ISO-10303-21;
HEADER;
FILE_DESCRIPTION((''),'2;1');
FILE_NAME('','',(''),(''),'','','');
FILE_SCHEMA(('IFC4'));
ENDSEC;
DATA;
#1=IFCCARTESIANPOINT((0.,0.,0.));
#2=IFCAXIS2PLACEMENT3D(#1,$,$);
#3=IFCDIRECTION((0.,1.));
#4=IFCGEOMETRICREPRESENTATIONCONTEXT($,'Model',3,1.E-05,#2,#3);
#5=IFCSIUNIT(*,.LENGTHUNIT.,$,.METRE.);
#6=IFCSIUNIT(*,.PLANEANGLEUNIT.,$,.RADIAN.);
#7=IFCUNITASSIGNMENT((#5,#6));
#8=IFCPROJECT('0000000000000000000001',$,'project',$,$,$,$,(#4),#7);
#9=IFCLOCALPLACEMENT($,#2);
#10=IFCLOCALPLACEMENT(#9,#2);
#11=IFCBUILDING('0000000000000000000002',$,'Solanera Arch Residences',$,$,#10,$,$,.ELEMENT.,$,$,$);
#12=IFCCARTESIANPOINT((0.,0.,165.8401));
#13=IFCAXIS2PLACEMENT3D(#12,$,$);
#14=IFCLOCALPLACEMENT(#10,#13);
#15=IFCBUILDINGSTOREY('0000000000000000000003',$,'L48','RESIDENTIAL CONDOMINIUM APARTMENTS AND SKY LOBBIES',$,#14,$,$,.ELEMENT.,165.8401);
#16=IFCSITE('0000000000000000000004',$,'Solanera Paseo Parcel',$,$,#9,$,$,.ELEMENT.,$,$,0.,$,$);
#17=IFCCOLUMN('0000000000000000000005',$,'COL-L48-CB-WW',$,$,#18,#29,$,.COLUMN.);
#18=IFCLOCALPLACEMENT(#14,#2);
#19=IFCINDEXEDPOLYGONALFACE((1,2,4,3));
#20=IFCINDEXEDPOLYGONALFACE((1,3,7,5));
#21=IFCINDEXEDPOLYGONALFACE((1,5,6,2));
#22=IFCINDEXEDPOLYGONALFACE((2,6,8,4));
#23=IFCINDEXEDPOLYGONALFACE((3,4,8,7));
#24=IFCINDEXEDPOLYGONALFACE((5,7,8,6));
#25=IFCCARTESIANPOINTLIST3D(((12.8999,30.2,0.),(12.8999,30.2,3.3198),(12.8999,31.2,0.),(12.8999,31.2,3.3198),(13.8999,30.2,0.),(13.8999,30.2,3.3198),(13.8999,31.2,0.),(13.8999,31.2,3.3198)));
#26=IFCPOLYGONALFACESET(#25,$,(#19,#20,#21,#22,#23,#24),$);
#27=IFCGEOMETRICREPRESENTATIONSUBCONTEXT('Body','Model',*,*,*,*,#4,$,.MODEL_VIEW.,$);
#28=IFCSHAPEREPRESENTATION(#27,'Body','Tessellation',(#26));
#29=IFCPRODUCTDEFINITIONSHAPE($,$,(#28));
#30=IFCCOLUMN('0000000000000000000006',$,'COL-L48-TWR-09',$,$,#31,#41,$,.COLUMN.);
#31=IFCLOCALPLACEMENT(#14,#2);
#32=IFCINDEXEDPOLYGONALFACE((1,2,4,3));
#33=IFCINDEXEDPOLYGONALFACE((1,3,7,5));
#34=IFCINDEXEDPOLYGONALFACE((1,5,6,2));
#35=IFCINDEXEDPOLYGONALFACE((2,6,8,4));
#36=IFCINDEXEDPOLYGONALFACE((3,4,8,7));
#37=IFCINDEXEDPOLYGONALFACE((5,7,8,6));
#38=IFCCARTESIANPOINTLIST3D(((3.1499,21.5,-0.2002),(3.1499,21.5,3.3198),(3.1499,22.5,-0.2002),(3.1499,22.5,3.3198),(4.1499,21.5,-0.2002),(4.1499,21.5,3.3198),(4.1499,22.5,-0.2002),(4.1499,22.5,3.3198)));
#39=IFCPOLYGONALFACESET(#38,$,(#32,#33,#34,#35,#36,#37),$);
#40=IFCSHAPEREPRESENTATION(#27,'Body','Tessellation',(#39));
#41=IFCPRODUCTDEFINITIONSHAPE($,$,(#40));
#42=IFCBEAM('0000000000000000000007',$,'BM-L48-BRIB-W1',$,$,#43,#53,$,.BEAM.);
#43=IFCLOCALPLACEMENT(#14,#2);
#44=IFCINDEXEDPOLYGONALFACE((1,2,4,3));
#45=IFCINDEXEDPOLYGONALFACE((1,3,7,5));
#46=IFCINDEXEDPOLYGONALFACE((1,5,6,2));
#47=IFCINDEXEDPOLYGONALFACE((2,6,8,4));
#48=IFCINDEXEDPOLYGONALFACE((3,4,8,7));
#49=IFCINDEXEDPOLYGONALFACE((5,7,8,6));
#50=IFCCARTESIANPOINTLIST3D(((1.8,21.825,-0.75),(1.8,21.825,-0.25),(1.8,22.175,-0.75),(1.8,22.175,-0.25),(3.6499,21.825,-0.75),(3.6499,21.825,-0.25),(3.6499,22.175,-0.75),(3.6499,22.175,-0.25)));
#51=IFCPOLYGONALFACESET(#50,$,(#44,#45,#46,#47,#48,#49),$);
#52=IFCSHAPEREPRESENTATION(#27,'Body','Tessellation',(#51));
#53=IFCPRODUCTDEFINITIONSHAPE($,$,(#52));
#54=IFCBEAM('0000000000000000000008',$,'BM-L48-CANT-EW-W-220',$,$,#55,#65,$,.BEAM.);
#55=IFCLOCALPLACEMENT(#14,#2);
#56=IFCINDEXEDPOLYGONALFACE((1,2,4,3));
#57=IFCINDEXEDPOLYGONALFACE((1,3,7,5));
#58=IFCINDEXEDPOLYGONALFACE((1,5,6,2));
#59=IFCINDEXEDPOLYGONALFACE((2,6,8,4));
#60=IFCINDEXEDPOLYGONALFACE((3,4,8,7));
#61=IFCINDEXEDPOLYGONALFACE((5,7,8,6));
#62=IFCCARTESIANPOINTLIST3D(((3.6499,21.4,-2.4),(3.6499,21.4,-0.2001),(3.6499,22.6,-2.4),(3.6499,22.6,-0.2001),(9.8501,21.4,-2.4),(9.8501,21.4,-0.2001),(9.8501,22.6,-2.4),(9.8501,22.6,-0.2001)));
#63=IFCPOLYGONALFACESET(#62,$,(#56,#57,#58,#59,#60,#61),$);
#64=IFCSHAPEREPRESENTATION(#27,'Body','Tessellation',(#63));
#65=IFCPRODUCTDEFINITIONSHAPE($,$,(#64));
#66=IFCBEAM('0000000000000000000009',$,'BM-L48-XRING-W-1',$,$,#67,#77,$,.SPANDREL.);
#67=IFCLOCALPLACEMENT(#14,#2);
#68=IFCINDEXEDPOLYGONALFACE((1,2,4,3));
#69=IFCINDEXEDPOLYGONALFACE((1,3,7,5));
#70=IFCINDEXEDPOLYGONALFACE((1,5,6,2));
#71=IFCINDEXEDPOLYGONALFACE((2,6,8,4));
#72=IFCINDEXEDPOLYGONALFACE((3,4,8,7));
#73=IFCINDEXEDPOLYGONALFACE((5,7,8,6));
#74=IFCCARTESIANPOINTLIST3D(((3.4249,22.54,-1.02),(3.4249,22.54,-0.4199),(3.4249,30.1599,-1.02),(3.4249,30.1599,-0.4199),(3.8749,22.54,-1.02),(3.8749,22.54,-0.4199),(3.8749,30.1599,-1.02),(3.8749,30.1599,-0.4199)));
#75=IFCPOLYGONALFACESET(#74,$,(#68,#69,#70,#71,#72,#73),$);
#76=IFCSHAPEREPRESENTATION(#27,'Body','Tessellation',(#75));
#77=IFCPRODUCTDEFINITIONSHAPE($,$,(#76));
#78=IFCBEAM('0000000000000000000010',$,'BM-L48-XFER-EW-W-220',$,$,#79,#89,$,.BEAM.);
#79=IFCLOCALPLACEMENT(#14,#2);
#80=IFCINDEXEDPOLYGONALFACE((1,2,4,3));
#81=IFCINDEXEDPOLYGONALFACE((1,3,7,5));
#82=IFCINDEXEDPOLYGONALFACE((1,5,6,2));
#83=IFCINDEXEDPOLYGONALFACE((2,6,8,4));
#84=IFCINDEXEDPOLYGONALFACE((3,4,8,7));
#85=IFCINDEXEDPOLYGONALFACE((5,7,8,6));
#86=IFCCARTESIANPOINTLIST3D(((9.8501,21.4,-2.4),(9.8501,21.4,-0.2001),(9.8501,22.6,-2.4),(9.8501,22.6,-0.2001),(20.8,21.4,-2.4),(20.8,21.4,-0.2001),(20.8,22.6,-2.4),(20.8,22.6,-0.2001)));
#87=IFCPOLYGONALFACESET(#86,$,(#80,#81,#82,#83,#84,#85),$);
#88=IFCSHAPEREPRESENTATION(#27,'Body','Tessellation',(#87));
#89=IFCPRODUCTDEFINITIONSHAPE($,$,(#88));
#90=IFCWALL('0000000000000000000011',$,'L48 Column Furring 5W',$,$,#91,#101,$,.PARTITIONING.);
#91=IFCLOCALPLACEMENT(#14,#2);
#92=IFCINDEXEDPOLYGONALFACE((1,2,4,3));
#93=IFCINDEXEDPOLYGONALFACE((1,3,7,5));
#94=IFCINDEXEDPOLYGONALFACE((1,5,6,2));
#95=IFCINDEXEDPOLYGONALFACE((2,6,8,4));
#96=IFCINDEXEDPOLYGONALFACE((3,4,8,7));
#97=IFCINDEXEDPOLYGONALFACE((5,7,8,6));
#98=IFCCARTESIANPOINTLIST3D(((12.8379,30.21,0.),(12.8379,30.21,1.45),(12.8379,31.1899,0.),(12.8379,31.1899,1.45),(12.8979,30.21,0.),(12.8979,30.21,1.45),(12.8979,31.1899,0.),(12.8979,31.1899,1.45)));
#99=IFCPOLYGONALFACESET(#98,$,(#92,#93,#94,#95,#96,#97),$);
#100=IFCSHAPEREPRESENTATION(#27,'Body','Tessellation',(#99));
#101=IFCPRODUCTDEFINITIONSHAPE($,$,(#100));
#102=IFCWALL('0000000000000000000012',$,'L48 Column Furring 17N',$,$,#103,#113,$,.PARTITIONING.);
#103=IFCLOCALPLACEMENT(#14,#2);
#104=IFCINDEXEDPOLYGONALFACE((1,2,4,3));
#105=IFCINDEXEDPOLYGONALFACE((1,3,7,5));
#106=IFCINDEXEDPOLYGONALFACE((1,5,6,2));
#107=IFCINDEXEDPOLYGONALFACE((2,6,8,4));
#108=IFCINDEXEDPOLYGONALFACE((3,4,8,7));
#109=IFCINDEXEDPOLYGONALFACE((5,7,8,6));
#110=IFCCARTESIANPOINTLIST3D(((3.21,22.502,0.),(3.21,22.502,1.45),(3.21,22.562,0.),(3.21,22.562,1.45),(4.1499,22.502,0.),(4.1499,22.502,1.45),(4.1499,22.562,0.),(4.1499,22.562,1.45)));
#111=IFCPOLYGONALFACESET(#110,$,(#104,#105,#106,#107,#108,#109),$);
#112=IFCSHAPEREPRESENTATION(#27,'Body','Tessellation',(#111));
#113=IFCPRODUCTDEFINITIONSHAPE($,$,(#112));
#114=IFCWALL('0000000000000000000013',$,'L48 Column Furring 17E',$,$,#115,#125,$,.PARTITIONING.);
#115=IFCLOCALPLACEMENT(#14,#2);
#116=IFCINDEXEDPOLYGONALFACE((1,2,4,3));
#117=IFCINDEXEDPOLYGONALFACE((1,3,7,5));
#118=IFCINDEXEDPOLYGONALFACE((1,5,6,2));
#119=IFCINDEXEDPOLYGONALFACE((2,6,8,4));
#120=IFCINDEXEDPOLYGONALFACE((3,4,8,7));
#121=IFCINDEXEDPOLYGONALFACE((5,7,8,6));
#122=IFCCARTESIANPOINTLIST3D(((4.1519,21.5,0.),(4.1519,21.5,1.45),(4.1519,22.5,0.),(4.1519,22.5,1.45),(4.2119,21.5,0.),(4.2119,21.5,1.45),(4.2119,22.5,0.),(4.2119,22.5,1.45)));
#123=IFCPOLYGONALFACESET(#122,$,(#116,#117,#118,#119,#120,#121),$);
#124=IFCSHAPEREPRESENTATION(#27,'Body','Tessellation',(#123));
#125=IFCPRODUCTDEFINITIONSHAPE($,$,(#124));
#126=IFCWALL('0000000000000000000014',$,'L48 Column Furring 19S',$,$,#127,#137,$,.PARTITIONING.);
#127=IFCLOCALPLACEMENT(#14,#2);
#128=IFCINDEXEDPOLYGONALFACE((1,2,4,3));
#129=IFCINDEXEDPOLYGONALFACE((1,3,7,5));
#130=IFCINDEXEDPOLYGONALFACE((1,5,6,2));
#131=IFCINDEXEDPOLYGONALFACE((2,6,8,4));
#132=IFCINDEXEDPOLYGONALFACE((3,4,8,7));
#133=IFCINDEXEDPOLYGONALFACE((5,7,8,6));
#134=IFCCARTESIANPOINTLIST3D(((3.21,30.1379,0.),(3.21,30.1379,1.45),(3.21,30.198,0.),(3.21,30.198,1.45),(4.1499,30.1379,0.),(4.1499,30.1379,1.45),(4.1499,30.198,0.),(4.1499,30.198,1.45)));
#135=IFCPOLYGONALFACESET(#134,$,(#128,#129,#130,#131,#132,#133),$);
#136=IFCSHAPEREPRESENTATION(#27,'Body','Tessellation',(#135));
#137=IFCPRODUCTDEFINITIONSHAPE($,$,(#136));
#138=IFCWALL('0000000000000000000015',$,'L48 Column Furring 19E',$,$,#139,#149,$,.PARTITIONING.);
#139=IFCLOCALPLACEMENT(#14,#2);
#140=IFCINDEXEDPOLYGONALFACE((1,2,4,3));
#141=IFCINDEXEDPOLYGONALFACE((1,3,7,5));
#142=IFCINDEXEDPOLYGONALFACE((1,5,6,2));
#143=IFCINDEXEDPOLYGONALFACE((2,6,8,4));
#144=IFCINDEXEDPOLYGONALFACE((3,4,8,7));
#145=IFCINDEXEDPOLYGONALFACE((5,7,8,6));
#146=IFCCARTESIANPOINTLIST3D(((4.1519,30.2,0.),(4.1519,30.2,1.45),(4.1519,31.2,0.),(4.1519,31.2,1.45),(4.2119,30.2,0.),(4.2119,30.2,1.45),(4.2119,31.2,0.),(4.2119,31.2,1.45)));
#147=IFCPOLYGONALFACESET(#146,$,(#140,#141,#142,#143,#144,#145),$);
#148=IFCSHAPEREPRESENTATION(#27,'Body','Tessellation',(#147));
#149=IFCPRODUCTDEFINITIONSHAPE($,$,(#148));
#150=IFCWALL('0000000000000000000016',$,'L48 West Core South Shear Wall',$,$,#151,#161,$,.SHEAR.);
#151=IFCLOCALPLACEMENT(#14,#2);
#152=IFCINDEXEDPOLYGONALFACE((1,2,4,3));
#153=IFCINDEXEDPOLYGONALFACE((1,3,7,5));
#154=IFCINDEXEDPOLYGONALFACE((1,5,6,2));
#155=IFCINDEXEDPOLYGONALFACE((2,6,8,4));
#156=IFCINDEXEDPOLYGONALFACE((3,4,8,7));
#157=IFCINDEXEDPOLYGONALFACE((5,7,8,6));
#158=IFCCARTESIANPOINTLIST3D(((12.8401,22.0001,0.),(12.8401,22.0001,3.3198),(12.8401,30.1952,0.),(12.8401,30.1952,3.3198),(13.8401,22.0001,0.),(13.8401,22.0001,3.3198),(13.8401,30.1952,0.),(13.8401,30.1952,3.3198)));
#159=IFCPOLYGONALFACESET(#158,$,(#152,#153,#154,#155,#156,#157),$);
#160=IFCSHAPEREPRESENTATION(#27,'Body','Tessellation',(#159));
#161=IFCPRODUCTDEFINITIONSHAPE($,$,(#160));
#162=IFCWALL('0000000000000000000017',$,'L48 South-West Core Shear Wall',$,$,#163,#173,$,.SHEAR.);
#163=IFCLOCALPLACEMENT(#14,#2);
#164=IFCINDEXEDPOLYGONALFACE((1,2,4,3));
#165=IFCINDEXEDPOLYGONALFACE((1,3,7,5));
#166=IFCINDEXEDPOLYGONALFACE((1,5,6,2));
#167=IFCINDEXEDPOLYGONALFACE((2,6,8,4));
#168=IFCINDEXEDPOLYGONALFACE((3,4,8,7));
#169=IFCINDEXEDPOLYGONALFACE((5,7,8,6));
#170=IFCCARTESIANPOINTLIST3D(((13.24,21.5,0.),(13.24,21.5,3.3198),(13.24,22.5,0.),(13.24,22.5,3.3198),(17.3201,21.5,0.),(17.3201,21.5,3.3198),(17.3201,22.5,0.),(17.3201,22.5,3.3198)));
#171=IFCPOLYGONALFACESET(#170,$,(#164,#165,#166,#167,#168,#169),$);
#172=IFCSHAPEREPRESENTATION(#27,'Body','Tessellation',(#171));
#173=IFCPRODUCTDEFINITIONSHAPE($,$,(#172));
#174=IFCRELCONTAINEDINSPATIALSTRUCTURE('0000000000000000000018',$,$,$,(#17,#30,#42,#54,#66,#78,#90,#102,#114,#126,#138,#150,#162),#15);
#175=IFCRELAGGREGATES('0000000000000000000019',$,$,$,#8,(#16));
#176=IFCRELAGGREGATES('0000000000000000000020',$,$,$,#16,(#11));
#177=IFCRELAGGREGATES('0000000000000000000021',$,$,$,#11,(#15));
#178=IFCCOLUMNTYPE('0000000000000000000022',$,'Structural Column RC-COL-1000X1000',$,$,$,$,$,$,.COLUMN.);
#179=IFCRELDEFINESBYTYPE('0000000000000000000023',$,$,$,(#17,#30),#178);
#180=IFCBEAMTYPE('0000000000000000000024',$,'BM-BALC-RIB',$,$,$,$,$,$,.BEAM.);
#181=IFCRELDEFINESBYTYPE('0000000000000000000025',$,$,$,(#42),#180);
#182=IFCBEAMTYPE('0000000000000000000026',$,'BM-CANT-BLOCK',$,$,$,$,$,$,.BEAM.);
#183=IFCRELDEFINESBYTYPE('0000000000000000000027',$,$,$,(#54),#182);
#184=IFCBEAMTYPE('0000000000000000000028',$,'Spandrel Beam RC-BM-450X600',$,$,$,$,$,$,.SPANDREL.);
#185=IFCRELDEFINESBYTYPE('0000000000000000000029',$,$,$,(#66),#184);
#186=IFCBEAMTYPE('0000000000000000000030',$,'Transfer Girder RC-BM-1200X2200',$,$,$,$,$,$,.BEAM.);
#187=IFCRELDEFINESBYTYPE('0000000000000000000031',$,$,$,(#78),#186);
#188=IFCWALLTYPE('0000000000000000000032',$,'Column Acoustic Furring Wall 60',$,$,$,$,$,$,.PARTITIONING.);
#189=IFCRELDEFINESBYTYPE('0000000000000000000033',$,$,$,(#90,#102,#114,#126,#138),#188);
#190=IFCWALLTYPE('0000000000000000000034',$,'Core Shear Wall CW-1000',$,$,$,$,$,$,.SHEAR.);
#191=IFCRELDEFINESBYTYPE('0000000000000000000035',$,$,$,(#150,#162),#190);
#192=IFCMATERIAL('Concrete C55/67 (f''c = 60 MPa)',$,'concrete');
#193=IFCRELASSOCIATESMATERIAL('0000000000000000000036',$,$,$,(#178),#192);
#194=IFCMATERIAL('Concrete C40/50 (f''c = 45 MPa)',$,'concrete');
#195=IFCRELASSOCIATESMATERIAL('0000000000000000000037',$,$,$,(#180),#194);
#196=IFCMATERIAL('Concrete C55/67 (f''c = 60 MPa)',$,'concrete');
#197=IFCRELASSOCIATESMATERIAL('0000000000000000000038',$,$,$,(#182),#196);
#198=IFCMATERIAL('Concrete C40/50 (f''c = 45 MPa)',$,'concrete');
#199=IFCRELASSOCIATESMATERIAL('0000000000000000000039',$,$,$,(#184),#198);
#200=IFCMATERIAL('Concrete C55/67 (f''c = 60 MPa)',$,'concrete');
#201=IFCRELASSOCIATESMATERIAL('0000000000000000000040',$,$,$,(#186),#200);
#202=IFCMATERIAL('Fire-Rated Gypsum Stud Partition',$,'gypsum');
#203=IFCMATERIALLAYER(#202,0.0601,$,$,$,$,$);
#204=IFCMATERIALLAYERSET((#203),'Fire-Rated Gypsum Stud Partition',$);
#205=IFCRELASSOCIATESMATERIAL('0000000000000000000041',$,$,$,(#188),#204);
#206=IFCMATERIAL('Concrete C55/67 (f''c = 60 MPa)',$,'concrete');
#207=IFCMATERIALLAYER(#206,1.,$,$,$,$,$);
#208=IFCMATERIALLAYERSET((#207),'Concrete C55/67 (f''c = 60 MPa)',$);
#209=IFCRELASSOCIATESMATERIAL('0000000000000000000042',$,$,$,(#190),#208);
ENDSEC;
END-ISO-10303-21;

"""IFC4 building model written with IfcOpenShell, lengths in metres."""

from ifc_helpers import new_model, si_unit, direction, frame, frame_2d, origin, origin_2d, place, context, subcontext, project, spatial, rectangle, extrude, material, layer, layer_set, material_profile, profile_set, type_object, element, save


model = new_model("IFC4")

# Units and contexts
model_context = context("Model", 3, precision=1e-05, world=origin(), true_north=direction((0.0, 1.0)))
body_context = subcontext(model_context, "Body", "Model", "MODEL_VIEW")
ifc_project = project(units=[si_unit("LENGTHUNIT", "METRE"), si_unit("PLANEANGLEUNIT", "RADIAN")], contexts=[model_context])

# Site, building, storey
site_placement = place(None, origin())
site = spatial("IfcSite", under=ifc_project, at=site_placement, Name="Solanera Paseo Parcel", CompositionType="ELEMENT", RefElevation=0.0)
building_placement = place(site_placement, origin())
building = spatial("IfcBuilding", under=site, at=building_placement, Name="Solanera Arch Residences", CompositionType="ELEMENT")
storey_placement = place(building_placement, frame((0.0, 0.0, 165.8401)))
storey = spatial("IfcBuildingStorey", under=building, at=storey_placement, Name="L48", Description="RESIDENTIAL CONDOMINIUM APARTMENTS AND SKY LOBBIES", CompositionType="ELEMENT", Elevation=165.8401)

# Columns
ifc_material_1 = material(Name="Concrete C55/67 (f'c = 60 MPa)", Category="concrete")
ifc_material_profile_1 = material_profile(ifc_material_1, rectangle(XDim=1.0, YDim=1.0, at=origin_2d()))
ifc_profile_set_1 = profile_set([ifc_material_profile_1], Name="Concrete C55/67 (f'c = 60 MPa)")
column_type = type_object("IfcColumnType", Name="Structural Column RC-COL-1000X1000", PredefinedType="COLUMN", material=ifc_profile_set_1)
column_1_placement = place(storey_placement, frame((13.3999, 30.7, 0.0), z_axis=(0.0, 0.0, 1.0), x_axis=(1.0, 0.0, 0.0)))
element("IfcColumn", 1, at=column_1_placement, inside=storey, type_object=column_type, Name="COL-L48-CB-WW", PredefinedType="COLUMN", context=body_context, shape_type="SweptSolid", body=[
    extrude(rectangle(XDim=1.0, YDim=1.0, at=origin_2d()), origin(), (0.0, 0.0, 1.0), 3.3198),
])
column_2_placement = place(storey_placement, frame((3.6499, 22.0, -0.2002), z_axis=(0.0, 0.0, 1.0), x_axis=(1.0, 0.0, 0.0)))
element("IfcColumn", 2, at=column_2_placement, inside=storey, type_object=column_type, Name="COL-L48-TWR-09", PredefinedType="COLUMN", context=body_context, shape_type="SweptSolid", body=[
    extrude(rectangle(XDim=1.0, YDim=1.0, at=origin_2d()), origin(), (0.0, 0.0, 1.0), 3.52),
])

# Beams
ifc_material_2 = material(Name="Concrete C40/50 (f'c = 45 MPa)", Category="concrete")
ifc_material_profile_2 = material_profile(ifc_material_2, rectangle(XDim=0.3501, YDim=0.5, at=origin_2d()))
ifc_profile_set_2 = profile_set([ifc_material_profile_2], Name="Concrete C40/50 (f'c = 45 MPa)")
beam_type_1 = type_object("IfcBeamType", Name="BM-BALC-RIB", PredefinedType="BEAM", material=ifc_profile_set_2)
beam_1_placement = place(storey_placement, frame((1.8, 22.0, -0.5), z_axis=(1.0, 0.0, 0.0), x_axis=(0.0, 1.0, 0.0)))
element("IfcBeam", 3, at=beam_1_placement, inside=storey, type_object=beam_type_1, Name="BM-L48-BRIB-W1", PredefinedType="BEAM", context=body_context, shape_type="SweptSolid", body=[
    extrude(rectangle(XDim=0.3501, YDim=0.5, at=origin_2d()), origin(), (0.0, 0.0, 1.0), 1.8499),
])
ifc_material_3 = material(Name="Concrete C55/67 (f'c = 60 MPa)", Category="concrete")
ifc_material_profile_3 = material_profile(ifc_material_3, rectangle(XDim=1.2, YDim=2.2, at=origin_2d()))
ifc_profile_set_3 = profile_set([ifc_material_profile_3], Name="Concrete C55/67 (f'c = 60 MPa)")
beam_type_2 = type_object("IfcBeamType", Name="BM-CANT-BLOCK", PredefinedType="BEAM", material=ifc_profile_set_3)
beam_2_placement = place(storey_placement, frame((3.6499, 22.0, -1.3), z_axis=(1.0, 0.0, 0.0), x_axis=(0.0, 1.0, 0.0)))
element("IfcBeam", 4, at=beam_2_placement, inside=storey, type_object=beam_type_2, Name="BM-L48-CANT-EW-W-220", PredefinedType="BEAM", context=body_context, shape_type="SweptSolid", body=[
    extrude(rectangle(XDim=1.2, YDim=2.2, at=origin_2d()), origin(), (0.0, 0.0, 1.0), 6.2002),
])
ifc_material_4 = material(Name="Concrete C40/50 (f'c = 45 MPa)", Category="concrete")
ifc_material_profile_4 = material_profile(ifc_material_4, rectangle(XDim=0.45, YDim=0.6001, at=origin_2d()))
ifc_profile_set_4 = profile_set([ifc_material_profile_4], Name="Concrete C40/50 (f'c = 45 MPa)")
beam_type_3 = type_object("IfcBeamType", Name="Spandrel Beam RC-BM-450X600", PredefinedType="SPANDREL", material=ifc_profile_set_4)
beam_3_placement = place(storey_placement, frame((3.6499, 22.54, -0.72), z_axis=(0.0, 1.0, 0.0), x_axis=(-1.0, 0.0, 0.0)))
element("IfcBeam", 5, at=beam_3_placement, inside=storey, type_object=beam_type_3, Name="BM-L48-XRING-W-1", PredefinedType="SPANDREL", context=body_context, shape_type="SweptSolid", body=[
    extrude(rectangle(XDim=0.45, YDim=0.6001, at=origin_2d()), origin(), (0.0, 0.0, 1.0), 7.6199),
])
ifc_material_5 = material(Name="Concrete C55/67 (f'c = 60 MPa)", Category="concrete")
ifc_material_profile_5 = material_profile(ifc_material_5, rectangle(XDim=1.2, YDim=2.2, at=origin_2d()))
ifc_profile_set_5 = profile_set([ifc_material_profile_5], Name="Concrete C55/67 (f'c = 60 MPa)")
beam_type_4 = type_object("IfcBeamType", Name="Transfer Girder RC-BM-1200X2200", PredefinedType="BEAM", material=ifc_profile_set_5)
beam_4_placement = place(storey_placement, frame((9.8501, 22.0, -1.3), z_axis=(1.0, 0.0, 0.0), x_axis=(0.0, 1.0, 0.0)))
element("IfcBeam", 6, at=beam_4_placement, inside=storey, type_object=beam_type_4, Name="BM-L48-XFER-EW-W-220", PredefinedType="BEAM", context=body_context, shape_type="SweptSolid", body=[
    extrude(rectangle(XDim=1.2, YDim=2.2, at=origin_2d()), origin(), (0.0, 0.0, 1.0), 10.95),
])

# Walls
ifc_material_6 = material(Name="Fire-Rated Gypsum Stud Partition", Category="gypsum")
ifc_layer_1 = layer(ifc_material_6, 0.0601)
ifc_layer_set_1 = layer_set([ifc_layer_1], Name="Fire-Rated Gypsum Stud Partition")
wall_type_1 = type_object("IfcWallType", Name="Column Acoustic Furring Wall 60", PredefinedType="PARTITIONING", material=ifc_layer_set_1)
wall_1_placement = place(storey_placement, frame((12.8679, 30.21, 0.0), z_axis=(0.0, 0.0, 1.0), x_axis=(0.0, 1.0, 0.0)))
element("IfcWall", 7, at=wall_1_placement, inside=storey, type_object=wall_type_1, Name="L48 Column Furring 5W", PredefinedType="PARTITIONING", context=body_context, shape_type="SweptSolid", body=[
    extrude(rectangle(XDim=0.98, YDim=0.0601, at=frame_2d((0.49, 0.0))), origin(), (0.0, 0.0, 1.0), 1.45),
])
wall_2_placement = place(storey_placement, frame((3.21, 22.532, 0.0), z_axis=(0.0, 0.0, 1.0), x_axis=(1.0, 0.0, 0.0)))
element("IfcWall", 8, at=wall_2_placement, inside=storey, type_object=wall_type_1, Name="L48 Column Furring 17N", PredefinedType="PARTITIONING", context=body_context, shape_type="SweptSolid", body=[
    extrude(rectangle(XDim=0.9399, YDim=0.0601, at=frame_2d((0.47, 0.0))), origin(), (0.0, 0.0, 1.0), 1.45),
])
wall_3_placement = place(storey_placement, frame((4.1819, 21.5, 0.0), z_axis=(0.0, 0.0, 1.0), x_axis=(0.0, 1.0, 0.0)))
element("IfcWall", 9, at=wall_3_placement, inside=storey, type_object=wall_type_1, Name="L48 Column Furring 17E", PredefinedType="PARTITIONING", context=body_context, shape_type="SweptSolid", body=[
    extrude(rectangle(XDim=1.0, YDim=0.0601, at=frame_2d((0.5, 0.0))), origin(), (0.0, 0.0, 1.0), 1.45),
])
wall_4_placement = place(storey_placement, frame((3.21, 30.168, 0.0), z_axis=(0.0, 0.0, 1.0), x_axis=(1.0, 0.0, 0.0)))
element("IfcWall", 10, at=wall_4_placement, inside=storey, type_object=wall_type_1, Name="L48 Column Furring 19S", PredefinedType="PARTITIONING", context=body_context, shape_type="SweptSolid", body=[
    extrude(rectangle(XDim=0.9399, YDim=0.0601, at=frame_2d((0.47, 0.0))), origin(), (0.0, 0.0, 1.0), 1.45),
])
wall_5_placement = place(storey_placement, frame((4.1819, 30.2, 0.0), z_axis=(0.0, 0.0, 1.0), x_axis=(0.0, 1.0, 0.0)))
element("IfcWall", 11, at=wall_5_placement, inside=storey, type_object=wall_type_1, Name="L48 Column Furring 19E", PredefinedType="PARTITIONING", context=body_context, shape_type="SweptSolid", body=[
    extrude(rectangle(XDim=1.0, YDim=0.0601, at=frame_2d((0.5, 0.0))), origin(), (0.0, 0.0, 1.0), 1.45),
])
ifc_material_7 = material(Name="Concrete C55/67 (f'c = 60 MPa)", Category="concrete")
ifc_layer_2 = layer(ifc_material_7, 1.0)
ifc_layer_set_2 = layer_set([ifc_layer_2], Name="Concrete C55/67 (f'c = 60 MPa)")
wall_type_2 = type_object("IfcWallType", Name="Core Shear Wall CW-1000", PredefinedType="SHEAR", material=ifc_layer_set_2)
wall_6_placement = place(storey_placement, frame((13.3401, 22.0, 0.0), z_axis=(0.0, 0.0, 1.0), x_axis=(0.0, 1.0, 0.0)))
element("IfcWall", 12, at=wall_6_placement, inside=storey, type_object=wall_type_2, Name="L48 West Core South Shear Wall", PredefinedType="SHEAR", context=body_context, shape_type="SweptSolid", body=[
    extrude(rectangle(XDim=8.1951, YDim=1.0, at=frame_2d((4.0977, 0.0))), origin(), (0.0, 0.0, 1.0), 3.3198),
])
wall_7_placement = place(storey_placement, frame((13.24, 22.0, 0.0), z_axis=(0.0, 0.0, 1.0), x_axis=(1.0, 0.0, 0.0)))
element("IfcWall", 13, at=wall_7_placement, inside=storey, type_object=wall_type_2, Name="L48 South-West Core Shear Wall", PredefinedType="SHEAR", context=body_context, shape_type="SweptSolid", body=[
    extrude(rectangle(XDim=4.0801, YDim=1.0, at=frame_2d((2.04, 0.0))), origin(), (0.0, 0.0, 1.0), 3.3198),
])

save(model, "model.ifc")
